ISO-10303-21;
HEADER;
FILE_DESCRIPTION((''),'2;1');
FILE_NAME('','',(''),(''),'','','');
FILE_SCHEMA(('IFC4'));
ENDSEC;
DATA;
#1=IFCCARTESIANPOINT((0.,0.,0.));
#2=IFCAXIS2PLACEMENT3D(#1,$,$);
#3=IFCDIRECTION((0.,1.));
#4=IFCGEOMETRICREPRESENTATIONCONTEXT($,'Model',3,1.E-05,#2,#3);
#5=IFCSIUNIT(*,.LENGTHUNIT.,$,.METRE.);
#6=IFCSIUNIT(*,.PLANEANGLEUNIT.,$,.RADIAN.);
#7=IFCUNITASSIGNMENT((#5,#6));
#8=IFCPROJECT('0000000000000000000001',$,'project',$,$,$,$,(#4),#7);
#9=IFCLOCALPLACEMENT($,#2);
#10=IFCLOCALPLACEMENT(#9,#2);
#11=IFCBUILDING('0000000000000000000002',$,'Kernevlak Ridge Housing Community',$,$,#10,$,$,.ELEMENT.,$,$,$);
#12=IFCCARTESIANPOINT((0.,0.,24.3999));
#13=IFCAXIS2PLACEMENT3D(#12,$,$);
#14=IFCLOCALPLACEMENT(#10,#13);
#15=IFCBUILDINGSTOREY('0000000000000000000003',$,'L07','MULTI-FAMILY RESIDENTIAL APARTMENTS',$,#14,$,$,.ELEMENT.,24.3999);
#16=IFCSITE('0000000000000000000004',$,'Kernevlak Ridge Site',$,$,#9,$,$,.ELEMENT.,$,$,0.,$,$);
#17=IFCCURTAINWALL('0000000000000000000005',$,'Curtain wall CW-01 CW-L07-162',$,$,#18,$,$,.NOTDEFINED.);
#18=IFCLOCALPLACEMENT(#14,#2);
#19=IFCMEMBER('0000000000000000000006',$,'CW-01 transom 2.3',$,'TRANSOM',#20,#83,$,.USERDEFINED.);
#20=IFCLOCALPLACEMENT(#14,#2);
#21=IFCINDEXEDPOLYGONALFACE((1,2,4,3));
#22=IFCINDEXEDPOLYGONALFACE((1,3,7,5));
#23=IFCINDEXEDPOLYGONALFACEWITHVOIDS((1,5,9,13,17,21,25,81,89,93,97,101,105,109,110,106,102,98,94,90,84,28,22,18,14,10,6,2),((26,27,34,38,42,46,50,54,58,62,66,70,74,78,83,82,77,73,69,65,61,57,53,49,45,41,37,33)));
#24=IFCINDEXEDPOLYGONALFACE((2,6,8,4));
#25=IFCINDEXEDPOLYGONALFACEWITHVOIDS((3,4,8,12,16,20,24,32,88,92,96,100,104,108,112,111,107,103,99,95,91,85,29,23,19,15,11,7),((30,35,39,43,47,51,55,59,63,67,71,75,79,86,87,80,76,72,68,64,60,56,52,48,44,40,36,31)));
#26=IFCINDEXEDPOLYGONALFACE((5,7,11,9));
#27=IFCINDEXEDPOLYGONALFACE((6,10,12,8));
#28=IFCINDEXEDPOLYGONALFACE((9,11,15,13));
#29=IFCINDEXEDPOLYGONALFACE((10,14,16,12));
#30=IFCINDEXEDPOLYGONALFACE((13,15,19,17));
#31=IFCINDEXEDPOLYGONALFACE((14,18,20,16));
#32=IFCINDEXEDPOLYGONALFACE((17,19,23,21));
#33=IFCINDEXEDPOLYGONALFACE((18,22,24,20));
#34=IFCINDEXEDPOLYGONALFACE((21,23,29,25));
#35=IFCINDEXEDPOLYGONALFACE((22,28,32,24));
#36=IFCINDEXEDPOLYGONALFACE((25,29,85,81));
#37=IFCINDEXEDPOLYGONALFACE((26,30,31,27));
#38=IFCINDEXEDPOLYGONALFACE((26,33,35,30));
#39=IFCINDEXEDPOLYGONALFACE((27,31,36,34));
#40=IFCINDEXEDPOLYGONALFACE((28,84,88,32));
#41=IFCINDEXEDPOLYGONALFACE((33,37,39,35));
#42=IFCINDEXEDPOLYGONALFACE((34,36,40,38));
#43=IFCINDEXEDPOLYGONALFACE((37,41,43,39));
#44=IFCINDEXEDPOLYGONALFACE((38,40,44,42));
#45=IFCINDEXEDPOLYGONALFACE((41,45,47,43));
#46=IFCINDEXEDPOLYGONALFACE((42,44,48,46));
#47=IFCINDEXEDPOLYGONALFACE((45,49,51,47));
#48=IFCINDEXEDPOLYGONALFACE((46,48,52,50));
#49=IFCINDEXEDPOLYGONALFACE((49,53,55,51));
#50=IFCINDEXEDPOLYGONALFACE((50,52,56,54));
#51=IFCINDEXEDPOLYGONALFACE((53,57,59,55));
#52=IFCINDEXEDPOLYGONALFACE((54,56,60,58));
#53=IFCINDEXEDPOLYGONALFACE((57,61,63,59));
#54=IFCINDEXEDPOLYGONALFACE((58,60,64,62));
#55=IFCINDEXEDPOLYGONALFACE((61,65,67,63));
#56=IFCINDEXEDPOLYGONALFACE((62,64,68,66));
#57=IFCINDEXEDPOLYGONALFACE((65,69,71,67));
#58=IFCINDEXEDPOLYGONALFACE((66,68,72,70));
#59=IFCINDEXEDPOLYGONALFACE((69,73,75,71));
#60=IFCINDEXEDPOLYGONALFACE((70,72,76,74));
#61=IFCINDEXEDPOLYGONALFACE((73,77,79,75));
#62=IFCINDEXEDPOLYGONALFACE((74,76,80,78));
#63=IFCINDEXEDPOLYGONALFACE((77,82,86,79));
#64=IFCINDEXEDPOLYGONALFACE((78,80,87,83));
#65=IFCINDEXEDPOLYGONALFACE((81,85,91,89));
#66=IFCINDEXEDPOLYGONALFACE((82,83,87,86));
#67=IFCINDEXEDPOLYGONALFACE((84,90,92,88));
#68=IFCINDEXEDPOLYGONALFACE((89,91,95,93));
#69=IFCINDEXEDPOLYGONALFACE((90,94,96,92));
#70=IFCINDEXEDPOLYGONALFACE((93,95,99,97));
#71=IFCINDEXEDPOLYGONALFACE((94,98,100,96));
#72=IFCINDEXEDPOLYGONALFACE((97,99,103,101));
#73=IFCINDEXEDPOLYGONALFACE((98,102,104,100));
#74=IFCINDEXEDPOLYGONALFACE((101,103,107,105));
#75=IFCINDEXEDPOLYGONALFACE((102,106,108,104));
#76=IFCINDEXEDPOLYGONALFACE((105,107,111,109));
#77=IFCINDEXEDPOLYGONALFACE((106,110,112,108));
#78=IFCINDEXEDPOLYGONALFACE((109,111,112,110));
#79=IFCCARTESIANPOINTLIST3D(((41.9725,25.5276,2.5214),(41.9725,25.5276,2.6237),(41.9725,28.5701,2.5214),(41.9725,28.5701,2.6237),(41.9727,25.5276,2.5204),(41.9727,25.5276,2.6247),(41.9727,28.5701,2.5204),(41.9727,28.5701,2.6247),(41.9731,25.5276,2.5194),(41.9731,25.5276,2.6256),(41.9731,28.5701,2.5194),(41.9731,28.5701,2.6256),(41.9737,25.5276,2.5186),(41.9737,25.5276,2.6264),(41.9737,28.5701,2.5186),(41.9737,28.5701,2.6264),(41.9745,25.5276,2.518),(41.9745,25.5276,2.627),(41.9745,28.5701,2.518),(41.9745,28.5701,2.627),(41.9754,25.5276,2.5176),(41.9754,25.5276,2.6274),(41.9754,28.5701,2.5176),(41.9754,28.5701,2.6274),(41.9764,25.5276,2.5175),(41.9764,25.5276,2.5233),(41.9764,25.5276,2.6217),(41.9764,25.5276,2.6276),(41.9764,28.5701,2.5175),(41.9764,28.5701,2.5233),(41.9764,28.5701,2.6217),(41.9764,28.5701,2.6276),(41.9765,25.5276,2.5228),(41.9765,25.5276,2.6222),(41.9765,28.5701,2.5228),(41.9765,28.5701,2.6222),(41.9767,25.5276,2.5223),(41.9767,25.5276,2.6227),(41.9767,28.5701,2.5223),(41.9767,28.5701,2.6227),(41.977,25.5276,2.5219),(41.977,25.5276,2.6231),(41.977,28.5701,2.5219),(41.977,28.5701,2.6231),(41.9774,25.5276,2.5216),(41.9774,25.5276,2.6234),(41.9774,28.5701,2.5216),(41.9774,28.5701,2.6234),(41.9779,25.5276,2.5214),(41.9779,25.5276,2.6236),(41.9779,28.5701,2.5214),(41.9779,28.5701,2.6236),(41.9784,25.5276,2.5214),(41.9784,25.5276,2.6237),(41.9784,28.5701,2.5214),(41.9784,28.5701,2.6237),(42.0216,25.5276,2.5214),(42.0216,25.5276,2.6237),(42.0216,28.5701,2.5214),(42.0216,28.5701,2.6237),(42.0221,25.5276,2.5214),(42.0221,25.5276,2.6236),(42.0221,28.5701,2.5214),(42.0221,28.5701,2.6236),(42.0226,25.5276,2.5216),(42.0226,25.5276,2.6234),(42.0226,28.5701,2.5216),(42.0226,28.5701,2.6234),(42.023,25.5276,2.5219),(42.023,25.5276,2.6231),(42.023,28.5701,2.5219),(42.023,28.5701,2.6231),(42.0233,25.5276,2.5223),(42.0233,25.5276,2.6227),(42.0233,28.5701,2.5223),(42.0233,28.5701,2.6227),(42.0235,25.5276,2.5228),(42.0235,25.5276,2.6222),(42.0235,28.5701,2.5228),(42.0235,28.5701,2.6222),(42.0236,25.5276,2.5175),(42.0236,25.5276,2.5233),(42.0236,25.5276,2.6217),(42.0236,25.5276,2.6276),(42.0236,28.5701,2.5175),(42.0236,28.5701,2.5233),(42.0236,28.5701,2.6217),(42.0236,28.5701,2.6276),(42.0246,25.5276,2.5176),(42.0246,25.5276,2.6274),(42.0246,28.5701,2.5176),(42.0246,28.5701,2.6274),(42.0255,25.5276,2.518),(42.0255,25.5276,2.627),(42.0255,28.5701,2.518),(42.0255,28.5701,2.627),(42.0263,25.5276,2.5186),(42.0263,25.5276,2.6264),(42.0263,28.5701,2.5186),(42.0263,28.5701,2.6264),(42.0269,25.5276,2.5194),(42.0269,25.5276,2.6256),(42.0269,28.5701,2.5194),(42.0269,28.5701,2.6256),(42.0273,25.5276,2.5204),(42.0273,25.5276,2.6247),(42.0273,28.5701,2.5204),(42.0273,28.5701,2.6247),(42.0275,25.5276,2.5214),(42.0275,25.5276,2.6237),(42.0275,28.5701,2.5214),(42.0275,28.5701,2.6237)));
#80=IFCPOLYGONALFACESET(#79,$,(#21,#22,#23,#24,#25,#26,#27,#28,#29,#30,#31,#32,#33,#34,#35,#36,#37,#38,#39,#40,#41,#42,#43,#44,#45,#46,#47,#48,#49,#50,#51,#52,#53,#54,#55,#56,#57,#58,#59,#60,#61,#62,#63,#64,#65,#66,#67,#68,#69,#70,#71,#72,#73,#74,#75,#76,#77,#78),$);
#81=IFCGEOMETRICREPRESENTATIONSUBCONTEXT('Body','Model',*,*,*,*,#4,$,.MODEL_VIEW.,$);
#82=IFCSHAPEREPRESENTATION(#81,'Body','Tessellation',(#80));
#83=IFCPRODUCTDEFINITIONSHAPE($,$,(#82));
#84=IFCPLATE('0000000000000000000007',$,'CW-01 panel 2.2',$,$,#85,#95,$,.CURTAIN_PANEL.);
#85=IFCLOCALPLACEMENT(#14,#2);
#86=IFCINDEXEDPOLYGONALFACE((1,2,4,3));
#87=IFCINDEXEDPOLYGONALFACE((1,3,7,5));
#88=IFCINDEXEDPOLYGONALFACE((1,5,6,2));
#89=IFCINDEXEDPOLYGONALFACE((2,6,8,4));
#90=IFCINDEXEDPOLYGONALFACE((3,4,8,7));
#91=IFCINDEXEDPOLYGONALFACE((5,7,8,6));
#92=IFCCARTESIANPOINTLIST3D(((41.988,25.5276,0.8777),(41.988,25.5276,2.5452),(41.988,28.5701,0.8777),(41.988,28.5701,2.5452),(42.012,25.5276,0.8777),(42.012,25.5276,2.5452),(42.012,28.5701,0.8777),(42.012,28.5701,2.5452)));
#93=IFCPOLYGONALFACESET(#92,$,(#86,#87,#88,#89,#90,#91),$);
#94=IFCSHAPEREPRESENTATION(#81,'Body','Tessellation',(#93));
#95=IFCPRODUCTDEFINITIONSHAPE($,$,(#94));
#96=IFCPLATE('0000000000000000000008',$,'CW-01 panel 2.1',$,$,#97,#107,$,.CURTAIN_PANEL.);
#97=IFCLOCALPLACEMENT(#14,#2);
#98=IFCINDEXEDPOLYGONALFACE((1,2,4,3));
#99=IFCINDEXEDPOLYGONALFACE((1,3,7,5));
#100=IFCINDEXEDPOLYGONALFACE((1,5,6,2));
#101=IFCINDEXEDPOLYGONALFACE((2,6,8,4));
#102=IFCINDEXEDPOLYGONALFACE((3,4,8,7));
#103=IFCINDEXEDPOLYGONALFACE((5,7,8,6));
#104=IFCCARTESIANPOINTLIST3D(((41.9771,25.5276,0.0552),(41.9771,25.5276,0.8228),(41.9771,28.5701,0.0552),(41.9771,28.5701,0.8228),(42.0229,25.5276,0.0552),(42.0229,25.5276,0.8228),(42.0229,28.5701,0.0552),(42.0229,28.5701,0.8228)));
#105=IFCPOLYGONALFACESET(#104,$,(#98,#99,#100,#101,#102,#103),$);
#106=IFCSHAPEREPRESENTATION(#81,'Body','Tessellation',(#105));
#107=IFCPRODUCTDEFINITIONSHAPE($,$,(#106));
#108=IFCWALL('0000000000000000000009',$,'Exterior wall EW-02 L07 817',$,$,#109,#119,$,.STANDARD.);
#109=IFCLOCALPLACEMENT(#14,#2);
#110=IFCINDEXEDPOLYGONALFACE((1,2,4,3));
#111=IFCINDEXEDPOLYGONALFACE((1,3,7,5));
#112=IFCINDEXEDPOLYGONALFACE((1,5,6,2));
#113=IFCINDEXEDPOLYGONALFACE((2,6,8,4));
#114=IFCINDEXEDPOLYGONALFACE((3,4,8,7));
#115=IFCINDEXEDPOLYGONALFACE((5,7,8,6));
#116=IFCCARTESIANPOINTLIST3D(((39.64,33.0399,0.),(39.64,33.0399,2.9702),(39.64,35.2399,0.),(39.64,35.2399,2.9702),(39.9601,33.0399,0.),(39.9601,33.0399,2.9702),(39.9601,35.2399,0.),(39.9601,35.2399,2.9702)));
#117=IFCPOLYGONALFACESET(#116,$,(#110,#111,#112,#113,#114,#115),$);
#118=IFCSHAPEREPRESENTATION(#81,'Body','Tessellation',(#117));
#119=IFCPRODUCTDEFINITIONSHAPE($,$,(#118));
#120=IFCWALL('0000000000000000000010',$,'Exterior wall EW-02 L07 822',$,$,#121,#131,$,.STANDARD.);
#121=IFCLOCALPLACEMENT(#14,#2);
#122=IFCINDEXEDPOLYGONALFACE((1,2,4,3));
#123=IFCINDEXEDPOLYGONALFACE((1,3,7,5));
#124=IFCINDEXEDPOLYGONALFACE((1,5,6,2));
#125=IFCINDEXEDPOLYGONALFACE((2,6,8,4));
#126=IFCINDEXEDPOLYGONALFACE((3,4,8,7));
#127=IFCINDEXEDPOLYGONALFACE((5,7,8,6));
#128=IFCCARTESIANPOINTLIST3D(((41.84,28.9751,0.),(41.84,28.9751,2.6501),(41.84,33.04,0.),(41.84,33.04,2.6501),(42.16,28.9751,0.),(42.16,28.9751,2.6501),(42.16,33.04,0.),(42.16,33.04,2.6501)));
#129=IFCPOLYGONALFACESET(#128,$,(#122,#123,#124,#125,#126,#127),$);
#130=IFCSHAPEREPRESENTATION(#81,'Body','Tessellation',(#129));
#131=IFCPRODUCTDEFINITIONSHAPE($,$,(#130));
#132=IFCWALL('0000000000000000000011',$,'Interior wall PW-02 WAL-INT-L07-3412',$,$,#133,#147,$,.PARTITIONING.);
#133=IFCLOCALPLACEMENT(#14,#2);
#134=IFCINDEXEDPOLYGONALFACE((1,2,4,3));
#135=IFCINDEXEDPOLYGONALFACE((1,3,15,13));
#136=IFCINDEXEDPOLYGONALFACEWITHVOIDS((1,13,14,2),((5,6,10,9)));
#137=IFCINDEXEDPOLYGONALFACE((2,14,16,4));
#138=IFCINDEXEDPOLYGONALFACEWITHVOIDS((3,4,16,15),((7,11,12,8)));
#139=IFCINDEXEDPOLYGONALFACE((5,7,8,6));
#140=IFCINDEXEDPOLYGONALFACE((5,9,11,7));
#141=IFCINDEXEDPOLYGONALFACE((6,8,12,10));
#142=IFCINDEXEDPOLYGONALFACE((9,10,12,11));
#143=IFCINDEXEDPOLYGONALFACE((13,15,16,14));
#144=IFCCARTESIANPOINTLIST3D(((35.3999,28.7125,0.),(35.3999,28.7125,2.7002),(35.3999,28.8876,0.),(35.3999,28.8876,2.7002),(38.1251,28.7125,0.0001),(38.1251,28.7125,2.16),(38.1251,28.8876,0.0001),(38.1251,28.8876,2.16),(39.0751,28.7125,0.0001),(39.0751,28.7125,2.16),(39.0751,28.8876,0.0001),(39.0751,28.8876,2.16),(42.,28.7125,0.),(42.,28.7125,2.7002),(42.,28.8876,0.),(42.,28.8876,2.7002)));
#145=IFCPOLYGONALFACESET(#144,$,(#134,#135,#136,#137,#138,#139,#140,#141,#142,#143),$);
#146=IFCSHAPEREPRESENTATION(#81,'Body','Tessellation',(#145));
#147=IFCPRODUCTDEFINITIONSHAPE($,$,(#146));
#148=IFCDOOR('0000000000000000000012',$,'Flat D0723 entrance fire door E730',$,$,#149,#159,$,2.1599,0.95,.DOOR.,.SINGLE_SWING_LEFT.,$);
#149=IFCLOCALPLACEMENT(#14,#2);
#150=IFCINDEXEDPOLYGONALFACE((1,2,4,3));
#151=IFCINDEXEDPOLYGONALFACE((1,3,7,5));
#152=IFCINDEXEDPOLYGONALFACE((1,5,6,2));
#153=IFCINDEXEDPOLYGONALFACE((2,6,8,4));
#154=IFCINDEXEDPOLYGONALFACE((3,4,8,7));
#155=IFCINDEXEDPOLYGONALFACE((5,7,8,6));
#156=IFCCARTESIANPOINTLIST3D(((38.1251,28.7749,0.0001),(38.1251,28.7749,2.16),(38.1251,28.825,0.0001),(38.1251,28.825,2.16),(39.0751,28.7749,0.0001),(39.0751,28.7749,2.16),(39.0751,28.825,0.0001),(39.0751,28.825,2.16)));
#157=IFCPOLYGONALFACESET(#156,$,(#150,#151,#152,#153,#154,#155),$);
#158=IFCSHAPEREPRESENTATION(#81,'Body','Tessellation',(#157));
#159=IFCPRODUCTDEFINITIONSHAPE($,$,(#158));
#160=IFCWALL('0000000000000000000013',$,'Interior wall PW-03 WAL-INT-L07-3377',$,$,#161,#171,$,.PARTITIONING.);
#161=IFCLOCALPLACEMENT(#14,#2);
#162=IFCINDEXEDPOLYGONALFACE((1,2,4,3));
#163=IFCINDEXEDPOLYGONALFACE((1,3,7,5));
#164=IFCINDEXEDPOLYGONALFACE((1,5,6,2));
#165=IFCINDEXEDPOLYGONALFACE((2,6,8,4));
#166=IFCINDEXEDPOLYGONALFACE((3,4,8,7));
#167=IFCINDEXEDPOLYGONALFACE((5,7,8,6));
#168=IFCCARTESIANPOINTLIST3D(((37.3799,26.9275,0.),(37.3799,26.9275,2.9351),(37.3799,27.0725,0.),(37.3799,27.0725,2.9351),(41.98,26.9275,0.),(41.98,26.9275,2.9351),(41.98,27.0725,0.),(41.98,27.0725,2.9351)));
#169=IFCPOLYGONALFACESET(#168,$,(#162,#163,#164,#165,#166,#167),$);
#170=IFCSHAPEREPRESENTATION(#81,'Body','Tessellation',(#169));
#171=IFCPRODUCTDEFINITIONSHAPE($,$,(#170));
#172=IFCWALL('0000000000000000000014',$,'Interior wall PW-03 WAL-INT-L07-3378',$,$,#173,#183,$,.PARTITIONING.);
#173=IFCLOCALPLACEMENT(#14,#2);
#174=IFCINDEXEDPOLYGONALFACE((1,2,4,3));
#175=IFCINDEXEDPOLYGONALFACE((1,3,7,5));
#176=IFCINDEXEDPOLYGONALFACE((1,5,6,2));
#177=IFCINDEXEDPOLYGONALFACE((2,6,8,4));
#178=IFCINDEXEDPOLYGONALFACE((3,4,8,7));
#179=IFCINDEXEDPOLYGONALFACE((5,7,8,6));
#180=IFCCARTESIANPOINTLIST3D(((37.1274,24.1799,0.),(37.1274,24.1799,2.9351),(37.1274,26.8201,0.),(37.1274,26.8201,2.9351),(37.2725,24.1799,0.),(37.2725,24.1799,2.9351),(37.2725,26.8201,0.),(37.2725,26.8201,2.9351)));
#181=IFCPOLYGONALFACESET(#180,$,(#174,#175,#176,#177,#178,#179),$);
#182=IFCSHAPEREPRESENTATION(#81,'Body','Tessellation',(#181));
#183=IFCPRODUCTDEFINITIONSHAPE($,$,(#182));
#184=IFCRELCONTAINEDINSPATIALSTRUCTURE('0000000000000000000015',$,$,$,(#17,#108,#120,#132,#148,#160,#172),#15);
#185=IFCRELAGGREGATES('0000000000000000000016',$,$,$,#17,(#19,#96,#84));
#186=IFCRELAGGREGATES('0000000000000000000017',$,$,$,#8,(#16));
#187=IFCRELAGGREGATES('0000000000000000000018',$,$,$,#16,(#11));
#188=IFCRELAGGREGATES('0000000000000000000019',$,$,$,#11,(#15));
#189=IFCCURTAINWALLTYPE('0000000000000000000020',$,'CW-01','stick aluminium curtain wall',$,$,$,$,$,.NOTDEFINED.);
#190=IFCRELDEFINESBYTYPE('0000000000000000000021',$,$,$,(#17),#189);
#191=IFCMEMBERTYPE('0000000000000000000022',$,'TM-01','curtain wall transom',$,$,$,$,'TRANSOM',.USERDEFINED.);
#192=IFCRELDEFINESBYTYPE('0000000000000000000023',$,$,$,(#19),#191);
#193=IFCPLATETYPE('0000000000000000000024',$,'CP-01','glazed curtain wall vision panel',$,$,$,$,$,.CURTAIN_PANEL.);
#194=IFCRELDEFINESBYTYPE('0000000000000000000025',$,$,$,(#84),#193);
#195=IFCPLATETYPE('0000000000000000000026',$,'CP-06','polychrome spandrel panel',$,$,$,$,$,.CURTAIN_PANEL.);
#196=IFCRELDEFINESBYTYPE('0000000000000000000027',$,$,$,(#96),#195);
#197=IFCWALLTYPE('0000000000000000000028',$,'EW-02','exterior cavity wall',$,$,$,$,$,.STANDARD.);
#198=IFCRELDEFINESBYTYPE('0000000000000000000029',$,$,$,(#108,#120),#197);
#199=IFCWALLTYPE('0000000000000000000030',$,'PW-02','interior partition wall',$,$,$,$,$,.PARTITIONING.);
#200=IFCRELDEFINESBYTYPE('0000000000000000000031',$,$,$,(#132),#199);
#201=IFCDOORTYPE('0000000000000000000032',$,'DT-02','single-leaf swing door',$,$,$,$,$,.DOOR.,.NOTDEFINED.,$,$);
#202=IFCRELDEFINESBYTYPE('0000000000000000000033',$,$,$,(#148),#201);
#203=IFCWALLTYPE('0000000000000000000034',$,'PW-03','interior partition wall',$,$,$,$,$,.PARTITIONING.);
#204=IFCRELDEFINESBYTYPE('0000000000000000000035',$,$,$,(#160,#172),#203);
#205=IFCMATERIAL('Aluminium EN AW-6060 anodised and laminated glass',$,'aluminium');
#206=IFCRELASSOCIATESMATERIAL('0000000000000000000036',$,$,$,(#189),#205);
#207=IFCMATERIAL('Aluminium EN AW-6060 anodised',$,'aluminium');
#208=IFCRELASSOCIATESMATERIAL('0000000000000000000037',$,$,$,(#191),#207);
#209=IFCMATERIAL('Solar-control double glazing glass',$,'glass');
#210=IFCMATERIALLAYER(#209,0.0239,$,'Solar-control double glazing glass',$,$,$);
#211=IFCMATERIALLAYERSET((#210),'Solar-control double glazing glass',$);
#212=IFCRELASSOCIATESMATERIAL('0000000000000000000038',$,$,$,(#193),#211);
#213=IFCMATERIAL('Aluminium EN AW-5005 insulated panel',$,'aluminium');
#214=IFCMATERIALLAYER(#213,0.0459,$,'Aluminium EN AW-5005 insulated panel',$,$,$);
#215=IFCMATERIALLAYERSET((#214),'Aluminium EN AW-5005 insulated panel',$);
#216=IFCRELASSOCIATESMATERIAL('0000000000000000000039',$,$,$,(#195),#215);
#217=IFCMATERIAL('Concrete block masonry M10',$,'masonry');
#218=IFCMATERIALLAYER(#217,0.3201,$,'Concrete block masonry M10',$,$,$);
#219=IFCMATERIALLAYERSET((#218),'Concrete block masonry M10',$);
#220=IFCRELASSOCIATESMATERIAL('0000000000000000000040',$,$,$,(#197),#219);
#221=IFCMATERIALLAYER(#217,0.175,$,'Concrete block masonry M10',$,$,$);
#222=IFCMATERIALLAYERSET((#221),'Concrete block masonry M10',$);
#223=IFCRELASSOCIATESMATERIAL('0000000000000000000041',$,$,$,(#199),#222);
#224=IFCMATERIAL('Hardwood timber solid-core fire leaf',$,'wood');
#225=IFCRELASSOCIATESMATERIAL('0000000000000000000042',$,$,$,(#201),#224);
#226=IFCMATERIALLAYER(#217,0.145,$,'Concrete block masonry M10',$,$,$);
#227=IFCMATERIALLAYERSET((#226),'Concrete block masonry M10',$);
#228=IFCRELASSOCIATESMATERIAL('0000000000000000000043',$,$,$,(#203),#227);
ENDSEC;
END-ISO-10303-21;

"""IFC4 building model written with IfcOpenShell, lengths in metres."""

from ifc_helpers import new_model, si_unit, direction, frame, frame_2d, origin, origin_2d, place, context, subcontext, project, spatial, rectangle, hollow_rectangle, extrude, material, layer, layer_set, material_profile, profile_set, type_object, element, fill, aggregate, save


model = new_model("IFC4")

# Units and contexts
model_context = context("Model", 3, precision=1e-05, world=origin(), true_north=direction((0.0, 1.0)))
body_context = subcontext(model_context, "Body", "Model", "MODEL_VIEW")
ifc_project = project(units=[si_unit("LENGTHUNIT", "METRE"), si_unit("PLANEANGLEUNIT", "RADIAN")], contexts=[model_context])

# Site, building, storey
site_placement = place(None, origin())
site = spatial("IfcSite", under=ifc_project, at=site_placement, Name="Kernevlak Ridge Site", CompositionType="ELEMENT", RefElevation=0.0)
building_placement = place(site_placement, origin())
building = spatial("IfcBuilding", under=site, at=building_placement, Name="Kernevlak Ridge Housing Community", CompositionType="ELEMENT")
storey_placement = place(building_placement, frame((0.0, 0.0, 24.3999)))
storey = spatial("IfcBuildingStorey", under=building, at=storey_placement, Name="L07", Description="MULTI-FAMILY RESIDENTIAL APARTMENTS", CompositionType="ELEMENT", Elevation=24.3999)

# Curtain wall
ifc_material_1 = material(Name="Aluminium EN AW-6060 anodised and laminated glass", Category="aluminium")
curtain_wall_type = type_object("IfcCurtainWallType", Name="CW-01", Description="stick aluminium curtain wall", PredefinedType="NOTDEFINED", material=ifc_material_1)
curtain_wall_placement = place(storey_placement, origin())
curtain_wall = element("IfcCurtainWall", 1, at=curtain_wall_placement, inside=storey, type_object=curtain_wall_type, Name="Curtain wall CW-01 CW-L07-162", PredefinedType="NOTDEFINED")
ifc_material_2 = material(Name="Aluminium EN AW-6060 anodised", Category="aluminium")

# Member
ifc_material_profile_1 = material_profile(ifc_material_2, hollow_rectangle(XDim=0.0549, YDim=0.1101, WallThickness=0.0039, InnerFilletRadius=0.002, OuterFilletRadius=0.0039, at=origin_2d()), Name="ALU 55x110x4")
ifc_profile_set_1 = profile_set([ifc_material_profile_1], Name="Aluminium EN AW-6060 anodised")
member_type_1 = type_object("IfcMemberType", Name="TM-01", Description="curtain wall transom", ElementType="TRANSOM", PredefinedType="USERDEFINED", material=ifc_profile_set_1)
member_1_placement = place(storey_placement, frame((42.0, 25.5276, 2.5725), z_axis=(0.0, 1.0, 0.0), x_axis=(-1.0, 0.0, 0.0)))
member_1 = element("IfcMember", 2, at=member_1_placement, type_object=member_type_1, Name="CW-01 transom 2.3", ObjectType="TRANSOM", PredefinedType="USERDEFINED", context=body_context, shape_type="SweptSolid", body=[
    extrude(hollow_rectangle(XDim=0.0549, YDim=0.1101, WallThickness=0.0039, InnerFilletRadius=0.002, OuterFilletRadius=0.0039, at=origin_2d()), origin(), (0.0, 0.0, 1.0), 3.0425),
])

# Plates
ifc_material_3 = material(Name="Solar-control double glazing glass", Category="glass")
ifc_layer_1 = layer(ifc_material_3, 0.0239, Name="Solar-control double glazing glass")
ifc_layer_set_1 = layer_set([ifc_layer_1], Name="Solar-control double glazing glass")
plate_type_1 = type_object("IfcPlateType", Name="CP-01", Description="glazed curtain wall vision panel", PredefinedType="CURTAIN_PANEL", material=ifc_layer_set_1)
plate_1_placement = place(storey_placement, frame((42.0, 27.0488, 0.8777), z_axis=(0.0, 0.0, 1.0), x_axis=(0.0, 1.0, 0.0)))
plate_1 = element("IfcPlate", 3, at=plate_1_placement, type_object=plate_type_1, Name="CW-01 panel 2.2", PredefinedType="CURTAIN_PANEL", context=body_context, shape_type="SweptSolid", body=[
    extrude(rectangle(XDim=3.0425, YDim=0.0239, at=origin_2d()), origin(), (0.0, 0.0, 1.0), 1.6675),
])
ifc_material_4 = material(Name="Aluminium EN AW-5005 insulated panel", Category="aluminium")
ifc_layer_2 = layer(ifc_material_4, 0.0459, Name="Aluminium EN AW-5005 insulated panel")
ifc_layer_set_2 = layer_set([ifc_layer_2], Name="Aluminium EN AW-5005 insulated panel")
plate_type_2 = type_object("IfcPlateType", Name="CP-06", Description="polychrome spandrel panel", PredefinedType="CURTAIN_PANEL", material=ifc_layer_set_2)
plate_2_placement = place(storey_placement, frame((42.0, 27.0488, 0.0552), z_axis=(0.0, 0.0, 1.0), x_axis=(0.0, 1.0, 0.0)))
plate_2 = element("IfcPlate", 4, at=plate_2_placement, type_object=plate_type_2, Name="CW-01 panel 2.1", PredefinedType="CURTAIN_PANEL", context=body_context, shape_type="SweptSolid", body=[
    extrude(rectangle(XDim=3.0425, YDim=0.0459, at=origin_2d()), origin(), (0.0, 0.0, 1.0), 0.7676),
])
aggregate(curtain_wall, [member_1, plate_2, plate_1])

# Wall
ifc_material_5 = material(Name="Concrete block masonry M10", Category="masonry")
ifc_layer_3 = layer(ifc_material_5, 0.3201, Name="Concrete block masonry M10")
ifc_layer_set_3 = layer_set([ifc_layer_3], Name="Concrete block masonry M10")
wall_type_1 = type_object("IfcWallType", Name="EW-02", Description="exterior cavity wall", PredefinedType="STANDARD", material=ifc_layer_set_3)
wall_1_placement = place(storey_placement, frame((39.8, 35.24, 0.0), z_axis=(0.0, 0.0, 1.0), x_axis=(0.0, -1.0, 0.0)))
element("IfcWall", 5, at=wall_1_placement, inside=storey, type_object=wall_type_1, Name="Exterior wall EW-02 L07 817", PredefinedType="STANDARD", context=body_context, shape_type="SweptSolid", body=[
    extrude(rectangle(XDim=2.2, YDim=0.3201, at=frame_2d((1.1001, 0.0))), origin(), (0.0, 0.0, 1.0), 2.9702),
])

# Wall
wall_2_placement = place(storey_placement, frame((42.0, 28.9751, 0.0), z_axis=(0.0, 0.0, 1.0), x_axis=(0.0, 1.0, 0.0)))
element("IfcWall", 6, at=wall_2_placement, inside=storey, type_object=wall_type_1, Name="Exterior wall EW-02 L07 822", PredefinedType="STANDARD", context=body_context, shape_type="SweptSolid", body=[
    extrude(rectangle(XDim=4.0649, YDim=0.3201, at=frame_2d((2.0325, 0.0))), origin(), (0.0, 0.0, 1.0), 2.6501),
])

# Wall, opening, door
ifc_layer_4 = layer(ifc_material_5, 0.175, Name="Concrete block masonry M10")
ifc_layer_set_4 = layer_set([ifc_layer_4], Name="Concrete block masonry M10")
wall_type_2 = type_object("IfcWallType", Name="PW-02", Description="interior partition wall", PredefinedType="PARTITIONING", material=ifc_layer_set_4)
wall_3_placement = place(storey_placement, frame((35.3999, 28.8, 0.0), z_axis=(0.0, 0.0, 1.0), x_axis=(1.0, 0.0, 0.0)))
wall_3 = element("IfcWall", 7, at=wall_3_placement, inside=storey, type_object=wall_type_2, Name="Interior wall PW-02 WAL-INT-L07-3412", PredefinedType="PARTITIONING", context=body_context, shape_type="SweptSolid", body=[
    extrude(rectangle(XDim=6.6001, YDim=0.175, at=frame_2d((3.3, 0.0))), origin(), (0.0, 0.0, 1.0), 2.7002),
])
opening_1_placement = place(wall_3_placement, frame((2.7251, 0.0, 0.0)))
opening_1 = element("IfcOpeningElement", 8, at=opening_1_placement, cuts=wall_3, PredefinedType="OPENING", context=body_context, shape_type="SweptSolid", body=[
    extrude(rectangle(XDim=0.95, YDim=2.1599, at=frame_2d((0.4751, 1.0801))), frame((0.0, 0.0974, 0.0), z_axis=(0.0, -1.0, 0.0), x_axis=(1.0, 0.0, 0.0)), (0.0, 0.0, 1.0), 0.1951),
])
ifc_material_6 = material(Name="Hardwood timber solid-core fire leaf", Category="wood")
door_type_1 = type_object("IfcDoorType", Name="DT-02", Description="single-leaf swing door", OperationType="NOTDEFINED", PredefinedType="DOOR", material=ifc_material_6)
door_1_placement = place(opening_1_placement, origin())
door_1 = element("IfcDoor", 9, at=door_1_placement, inside=storey, type_object=door_type_1, Name="Flat D0723 entrance fire door E730", OperationType="SINGLE_SWING_LEFT", OverallHeight=2.1599, OverallWidth=0.95, PredefinedType="DOOR", context=body_context, shape_type="SweptSolid", body=[
    extrude(rectangle(XDim=0.95, YDim=2.1599, at=frame_2d((0.4751, 1.0801))), frame((0.0, 0.0249, 0.0), z_axis=(0.0, -1.0, 0.0), x_axis=(1.0, 0.0, 0.0)), (0.0, 0.0, 1.0), 0.05),
])
fill(opening_1, door_1)

# Walls
ifc_layer_5 = layer(ifc_material_5, 0.145, Name="Concrete block masonry M10")
ifc_layer_set_5 = layer_set([ifc_layer_5], Name="Concrete block masonry M10")
wall_type_3 = type_object("IfcWallType", Name="PW-03", Description="interior partition wall", PredefinedType="PARTITIONING", material=ifc_layer_set_5)
wall_4_placement = place(storey_placement, frame((37.3799, 27.0, 0.0), z_axis=(0.0, 0.0, 1.0), x_axis=(1.0, 0.0, 0.0)))
element("IfcWall", 10, at=wall_4_placement, inside=storey, type_object=wall_type_3, Name="Interior wall PW-03 WAL-INT-L07-3377", PredefinedType="PARTITIONING", context=body_context, shape_type="SweptSolid", body=[
    extrude(rectangle(XDim=4.6001, YDim=0.145, at=frame_2d((2.3, 0.0))), origin(), (0.0, 0.0, 1.0), 2.9351),
])
wall_5_placement = place(storey_placement, frame((37.2, 24.1799, 0.0), z_axis=(0.0, 0.0, 1.0), x_axis=(0.0, 1.0, 0.0)))
element("IfcWall", 11, at=wall_5_placement, inside=storey, type_object=wall_type_3, Name="Interior wall PW-03 WAL-INT-L07-3378", PredefinedType="PARTITIONING", context=body_context, shape_type="SweptSolid", body=[
    extrude(rectangle(XDim=2.6401, YDim=0.145, at=frame_2d((1.3201, 0.0))), origin(), (0.0, 0.0, 1.0), 2.9351),
])

save(model, "model.ifc")
